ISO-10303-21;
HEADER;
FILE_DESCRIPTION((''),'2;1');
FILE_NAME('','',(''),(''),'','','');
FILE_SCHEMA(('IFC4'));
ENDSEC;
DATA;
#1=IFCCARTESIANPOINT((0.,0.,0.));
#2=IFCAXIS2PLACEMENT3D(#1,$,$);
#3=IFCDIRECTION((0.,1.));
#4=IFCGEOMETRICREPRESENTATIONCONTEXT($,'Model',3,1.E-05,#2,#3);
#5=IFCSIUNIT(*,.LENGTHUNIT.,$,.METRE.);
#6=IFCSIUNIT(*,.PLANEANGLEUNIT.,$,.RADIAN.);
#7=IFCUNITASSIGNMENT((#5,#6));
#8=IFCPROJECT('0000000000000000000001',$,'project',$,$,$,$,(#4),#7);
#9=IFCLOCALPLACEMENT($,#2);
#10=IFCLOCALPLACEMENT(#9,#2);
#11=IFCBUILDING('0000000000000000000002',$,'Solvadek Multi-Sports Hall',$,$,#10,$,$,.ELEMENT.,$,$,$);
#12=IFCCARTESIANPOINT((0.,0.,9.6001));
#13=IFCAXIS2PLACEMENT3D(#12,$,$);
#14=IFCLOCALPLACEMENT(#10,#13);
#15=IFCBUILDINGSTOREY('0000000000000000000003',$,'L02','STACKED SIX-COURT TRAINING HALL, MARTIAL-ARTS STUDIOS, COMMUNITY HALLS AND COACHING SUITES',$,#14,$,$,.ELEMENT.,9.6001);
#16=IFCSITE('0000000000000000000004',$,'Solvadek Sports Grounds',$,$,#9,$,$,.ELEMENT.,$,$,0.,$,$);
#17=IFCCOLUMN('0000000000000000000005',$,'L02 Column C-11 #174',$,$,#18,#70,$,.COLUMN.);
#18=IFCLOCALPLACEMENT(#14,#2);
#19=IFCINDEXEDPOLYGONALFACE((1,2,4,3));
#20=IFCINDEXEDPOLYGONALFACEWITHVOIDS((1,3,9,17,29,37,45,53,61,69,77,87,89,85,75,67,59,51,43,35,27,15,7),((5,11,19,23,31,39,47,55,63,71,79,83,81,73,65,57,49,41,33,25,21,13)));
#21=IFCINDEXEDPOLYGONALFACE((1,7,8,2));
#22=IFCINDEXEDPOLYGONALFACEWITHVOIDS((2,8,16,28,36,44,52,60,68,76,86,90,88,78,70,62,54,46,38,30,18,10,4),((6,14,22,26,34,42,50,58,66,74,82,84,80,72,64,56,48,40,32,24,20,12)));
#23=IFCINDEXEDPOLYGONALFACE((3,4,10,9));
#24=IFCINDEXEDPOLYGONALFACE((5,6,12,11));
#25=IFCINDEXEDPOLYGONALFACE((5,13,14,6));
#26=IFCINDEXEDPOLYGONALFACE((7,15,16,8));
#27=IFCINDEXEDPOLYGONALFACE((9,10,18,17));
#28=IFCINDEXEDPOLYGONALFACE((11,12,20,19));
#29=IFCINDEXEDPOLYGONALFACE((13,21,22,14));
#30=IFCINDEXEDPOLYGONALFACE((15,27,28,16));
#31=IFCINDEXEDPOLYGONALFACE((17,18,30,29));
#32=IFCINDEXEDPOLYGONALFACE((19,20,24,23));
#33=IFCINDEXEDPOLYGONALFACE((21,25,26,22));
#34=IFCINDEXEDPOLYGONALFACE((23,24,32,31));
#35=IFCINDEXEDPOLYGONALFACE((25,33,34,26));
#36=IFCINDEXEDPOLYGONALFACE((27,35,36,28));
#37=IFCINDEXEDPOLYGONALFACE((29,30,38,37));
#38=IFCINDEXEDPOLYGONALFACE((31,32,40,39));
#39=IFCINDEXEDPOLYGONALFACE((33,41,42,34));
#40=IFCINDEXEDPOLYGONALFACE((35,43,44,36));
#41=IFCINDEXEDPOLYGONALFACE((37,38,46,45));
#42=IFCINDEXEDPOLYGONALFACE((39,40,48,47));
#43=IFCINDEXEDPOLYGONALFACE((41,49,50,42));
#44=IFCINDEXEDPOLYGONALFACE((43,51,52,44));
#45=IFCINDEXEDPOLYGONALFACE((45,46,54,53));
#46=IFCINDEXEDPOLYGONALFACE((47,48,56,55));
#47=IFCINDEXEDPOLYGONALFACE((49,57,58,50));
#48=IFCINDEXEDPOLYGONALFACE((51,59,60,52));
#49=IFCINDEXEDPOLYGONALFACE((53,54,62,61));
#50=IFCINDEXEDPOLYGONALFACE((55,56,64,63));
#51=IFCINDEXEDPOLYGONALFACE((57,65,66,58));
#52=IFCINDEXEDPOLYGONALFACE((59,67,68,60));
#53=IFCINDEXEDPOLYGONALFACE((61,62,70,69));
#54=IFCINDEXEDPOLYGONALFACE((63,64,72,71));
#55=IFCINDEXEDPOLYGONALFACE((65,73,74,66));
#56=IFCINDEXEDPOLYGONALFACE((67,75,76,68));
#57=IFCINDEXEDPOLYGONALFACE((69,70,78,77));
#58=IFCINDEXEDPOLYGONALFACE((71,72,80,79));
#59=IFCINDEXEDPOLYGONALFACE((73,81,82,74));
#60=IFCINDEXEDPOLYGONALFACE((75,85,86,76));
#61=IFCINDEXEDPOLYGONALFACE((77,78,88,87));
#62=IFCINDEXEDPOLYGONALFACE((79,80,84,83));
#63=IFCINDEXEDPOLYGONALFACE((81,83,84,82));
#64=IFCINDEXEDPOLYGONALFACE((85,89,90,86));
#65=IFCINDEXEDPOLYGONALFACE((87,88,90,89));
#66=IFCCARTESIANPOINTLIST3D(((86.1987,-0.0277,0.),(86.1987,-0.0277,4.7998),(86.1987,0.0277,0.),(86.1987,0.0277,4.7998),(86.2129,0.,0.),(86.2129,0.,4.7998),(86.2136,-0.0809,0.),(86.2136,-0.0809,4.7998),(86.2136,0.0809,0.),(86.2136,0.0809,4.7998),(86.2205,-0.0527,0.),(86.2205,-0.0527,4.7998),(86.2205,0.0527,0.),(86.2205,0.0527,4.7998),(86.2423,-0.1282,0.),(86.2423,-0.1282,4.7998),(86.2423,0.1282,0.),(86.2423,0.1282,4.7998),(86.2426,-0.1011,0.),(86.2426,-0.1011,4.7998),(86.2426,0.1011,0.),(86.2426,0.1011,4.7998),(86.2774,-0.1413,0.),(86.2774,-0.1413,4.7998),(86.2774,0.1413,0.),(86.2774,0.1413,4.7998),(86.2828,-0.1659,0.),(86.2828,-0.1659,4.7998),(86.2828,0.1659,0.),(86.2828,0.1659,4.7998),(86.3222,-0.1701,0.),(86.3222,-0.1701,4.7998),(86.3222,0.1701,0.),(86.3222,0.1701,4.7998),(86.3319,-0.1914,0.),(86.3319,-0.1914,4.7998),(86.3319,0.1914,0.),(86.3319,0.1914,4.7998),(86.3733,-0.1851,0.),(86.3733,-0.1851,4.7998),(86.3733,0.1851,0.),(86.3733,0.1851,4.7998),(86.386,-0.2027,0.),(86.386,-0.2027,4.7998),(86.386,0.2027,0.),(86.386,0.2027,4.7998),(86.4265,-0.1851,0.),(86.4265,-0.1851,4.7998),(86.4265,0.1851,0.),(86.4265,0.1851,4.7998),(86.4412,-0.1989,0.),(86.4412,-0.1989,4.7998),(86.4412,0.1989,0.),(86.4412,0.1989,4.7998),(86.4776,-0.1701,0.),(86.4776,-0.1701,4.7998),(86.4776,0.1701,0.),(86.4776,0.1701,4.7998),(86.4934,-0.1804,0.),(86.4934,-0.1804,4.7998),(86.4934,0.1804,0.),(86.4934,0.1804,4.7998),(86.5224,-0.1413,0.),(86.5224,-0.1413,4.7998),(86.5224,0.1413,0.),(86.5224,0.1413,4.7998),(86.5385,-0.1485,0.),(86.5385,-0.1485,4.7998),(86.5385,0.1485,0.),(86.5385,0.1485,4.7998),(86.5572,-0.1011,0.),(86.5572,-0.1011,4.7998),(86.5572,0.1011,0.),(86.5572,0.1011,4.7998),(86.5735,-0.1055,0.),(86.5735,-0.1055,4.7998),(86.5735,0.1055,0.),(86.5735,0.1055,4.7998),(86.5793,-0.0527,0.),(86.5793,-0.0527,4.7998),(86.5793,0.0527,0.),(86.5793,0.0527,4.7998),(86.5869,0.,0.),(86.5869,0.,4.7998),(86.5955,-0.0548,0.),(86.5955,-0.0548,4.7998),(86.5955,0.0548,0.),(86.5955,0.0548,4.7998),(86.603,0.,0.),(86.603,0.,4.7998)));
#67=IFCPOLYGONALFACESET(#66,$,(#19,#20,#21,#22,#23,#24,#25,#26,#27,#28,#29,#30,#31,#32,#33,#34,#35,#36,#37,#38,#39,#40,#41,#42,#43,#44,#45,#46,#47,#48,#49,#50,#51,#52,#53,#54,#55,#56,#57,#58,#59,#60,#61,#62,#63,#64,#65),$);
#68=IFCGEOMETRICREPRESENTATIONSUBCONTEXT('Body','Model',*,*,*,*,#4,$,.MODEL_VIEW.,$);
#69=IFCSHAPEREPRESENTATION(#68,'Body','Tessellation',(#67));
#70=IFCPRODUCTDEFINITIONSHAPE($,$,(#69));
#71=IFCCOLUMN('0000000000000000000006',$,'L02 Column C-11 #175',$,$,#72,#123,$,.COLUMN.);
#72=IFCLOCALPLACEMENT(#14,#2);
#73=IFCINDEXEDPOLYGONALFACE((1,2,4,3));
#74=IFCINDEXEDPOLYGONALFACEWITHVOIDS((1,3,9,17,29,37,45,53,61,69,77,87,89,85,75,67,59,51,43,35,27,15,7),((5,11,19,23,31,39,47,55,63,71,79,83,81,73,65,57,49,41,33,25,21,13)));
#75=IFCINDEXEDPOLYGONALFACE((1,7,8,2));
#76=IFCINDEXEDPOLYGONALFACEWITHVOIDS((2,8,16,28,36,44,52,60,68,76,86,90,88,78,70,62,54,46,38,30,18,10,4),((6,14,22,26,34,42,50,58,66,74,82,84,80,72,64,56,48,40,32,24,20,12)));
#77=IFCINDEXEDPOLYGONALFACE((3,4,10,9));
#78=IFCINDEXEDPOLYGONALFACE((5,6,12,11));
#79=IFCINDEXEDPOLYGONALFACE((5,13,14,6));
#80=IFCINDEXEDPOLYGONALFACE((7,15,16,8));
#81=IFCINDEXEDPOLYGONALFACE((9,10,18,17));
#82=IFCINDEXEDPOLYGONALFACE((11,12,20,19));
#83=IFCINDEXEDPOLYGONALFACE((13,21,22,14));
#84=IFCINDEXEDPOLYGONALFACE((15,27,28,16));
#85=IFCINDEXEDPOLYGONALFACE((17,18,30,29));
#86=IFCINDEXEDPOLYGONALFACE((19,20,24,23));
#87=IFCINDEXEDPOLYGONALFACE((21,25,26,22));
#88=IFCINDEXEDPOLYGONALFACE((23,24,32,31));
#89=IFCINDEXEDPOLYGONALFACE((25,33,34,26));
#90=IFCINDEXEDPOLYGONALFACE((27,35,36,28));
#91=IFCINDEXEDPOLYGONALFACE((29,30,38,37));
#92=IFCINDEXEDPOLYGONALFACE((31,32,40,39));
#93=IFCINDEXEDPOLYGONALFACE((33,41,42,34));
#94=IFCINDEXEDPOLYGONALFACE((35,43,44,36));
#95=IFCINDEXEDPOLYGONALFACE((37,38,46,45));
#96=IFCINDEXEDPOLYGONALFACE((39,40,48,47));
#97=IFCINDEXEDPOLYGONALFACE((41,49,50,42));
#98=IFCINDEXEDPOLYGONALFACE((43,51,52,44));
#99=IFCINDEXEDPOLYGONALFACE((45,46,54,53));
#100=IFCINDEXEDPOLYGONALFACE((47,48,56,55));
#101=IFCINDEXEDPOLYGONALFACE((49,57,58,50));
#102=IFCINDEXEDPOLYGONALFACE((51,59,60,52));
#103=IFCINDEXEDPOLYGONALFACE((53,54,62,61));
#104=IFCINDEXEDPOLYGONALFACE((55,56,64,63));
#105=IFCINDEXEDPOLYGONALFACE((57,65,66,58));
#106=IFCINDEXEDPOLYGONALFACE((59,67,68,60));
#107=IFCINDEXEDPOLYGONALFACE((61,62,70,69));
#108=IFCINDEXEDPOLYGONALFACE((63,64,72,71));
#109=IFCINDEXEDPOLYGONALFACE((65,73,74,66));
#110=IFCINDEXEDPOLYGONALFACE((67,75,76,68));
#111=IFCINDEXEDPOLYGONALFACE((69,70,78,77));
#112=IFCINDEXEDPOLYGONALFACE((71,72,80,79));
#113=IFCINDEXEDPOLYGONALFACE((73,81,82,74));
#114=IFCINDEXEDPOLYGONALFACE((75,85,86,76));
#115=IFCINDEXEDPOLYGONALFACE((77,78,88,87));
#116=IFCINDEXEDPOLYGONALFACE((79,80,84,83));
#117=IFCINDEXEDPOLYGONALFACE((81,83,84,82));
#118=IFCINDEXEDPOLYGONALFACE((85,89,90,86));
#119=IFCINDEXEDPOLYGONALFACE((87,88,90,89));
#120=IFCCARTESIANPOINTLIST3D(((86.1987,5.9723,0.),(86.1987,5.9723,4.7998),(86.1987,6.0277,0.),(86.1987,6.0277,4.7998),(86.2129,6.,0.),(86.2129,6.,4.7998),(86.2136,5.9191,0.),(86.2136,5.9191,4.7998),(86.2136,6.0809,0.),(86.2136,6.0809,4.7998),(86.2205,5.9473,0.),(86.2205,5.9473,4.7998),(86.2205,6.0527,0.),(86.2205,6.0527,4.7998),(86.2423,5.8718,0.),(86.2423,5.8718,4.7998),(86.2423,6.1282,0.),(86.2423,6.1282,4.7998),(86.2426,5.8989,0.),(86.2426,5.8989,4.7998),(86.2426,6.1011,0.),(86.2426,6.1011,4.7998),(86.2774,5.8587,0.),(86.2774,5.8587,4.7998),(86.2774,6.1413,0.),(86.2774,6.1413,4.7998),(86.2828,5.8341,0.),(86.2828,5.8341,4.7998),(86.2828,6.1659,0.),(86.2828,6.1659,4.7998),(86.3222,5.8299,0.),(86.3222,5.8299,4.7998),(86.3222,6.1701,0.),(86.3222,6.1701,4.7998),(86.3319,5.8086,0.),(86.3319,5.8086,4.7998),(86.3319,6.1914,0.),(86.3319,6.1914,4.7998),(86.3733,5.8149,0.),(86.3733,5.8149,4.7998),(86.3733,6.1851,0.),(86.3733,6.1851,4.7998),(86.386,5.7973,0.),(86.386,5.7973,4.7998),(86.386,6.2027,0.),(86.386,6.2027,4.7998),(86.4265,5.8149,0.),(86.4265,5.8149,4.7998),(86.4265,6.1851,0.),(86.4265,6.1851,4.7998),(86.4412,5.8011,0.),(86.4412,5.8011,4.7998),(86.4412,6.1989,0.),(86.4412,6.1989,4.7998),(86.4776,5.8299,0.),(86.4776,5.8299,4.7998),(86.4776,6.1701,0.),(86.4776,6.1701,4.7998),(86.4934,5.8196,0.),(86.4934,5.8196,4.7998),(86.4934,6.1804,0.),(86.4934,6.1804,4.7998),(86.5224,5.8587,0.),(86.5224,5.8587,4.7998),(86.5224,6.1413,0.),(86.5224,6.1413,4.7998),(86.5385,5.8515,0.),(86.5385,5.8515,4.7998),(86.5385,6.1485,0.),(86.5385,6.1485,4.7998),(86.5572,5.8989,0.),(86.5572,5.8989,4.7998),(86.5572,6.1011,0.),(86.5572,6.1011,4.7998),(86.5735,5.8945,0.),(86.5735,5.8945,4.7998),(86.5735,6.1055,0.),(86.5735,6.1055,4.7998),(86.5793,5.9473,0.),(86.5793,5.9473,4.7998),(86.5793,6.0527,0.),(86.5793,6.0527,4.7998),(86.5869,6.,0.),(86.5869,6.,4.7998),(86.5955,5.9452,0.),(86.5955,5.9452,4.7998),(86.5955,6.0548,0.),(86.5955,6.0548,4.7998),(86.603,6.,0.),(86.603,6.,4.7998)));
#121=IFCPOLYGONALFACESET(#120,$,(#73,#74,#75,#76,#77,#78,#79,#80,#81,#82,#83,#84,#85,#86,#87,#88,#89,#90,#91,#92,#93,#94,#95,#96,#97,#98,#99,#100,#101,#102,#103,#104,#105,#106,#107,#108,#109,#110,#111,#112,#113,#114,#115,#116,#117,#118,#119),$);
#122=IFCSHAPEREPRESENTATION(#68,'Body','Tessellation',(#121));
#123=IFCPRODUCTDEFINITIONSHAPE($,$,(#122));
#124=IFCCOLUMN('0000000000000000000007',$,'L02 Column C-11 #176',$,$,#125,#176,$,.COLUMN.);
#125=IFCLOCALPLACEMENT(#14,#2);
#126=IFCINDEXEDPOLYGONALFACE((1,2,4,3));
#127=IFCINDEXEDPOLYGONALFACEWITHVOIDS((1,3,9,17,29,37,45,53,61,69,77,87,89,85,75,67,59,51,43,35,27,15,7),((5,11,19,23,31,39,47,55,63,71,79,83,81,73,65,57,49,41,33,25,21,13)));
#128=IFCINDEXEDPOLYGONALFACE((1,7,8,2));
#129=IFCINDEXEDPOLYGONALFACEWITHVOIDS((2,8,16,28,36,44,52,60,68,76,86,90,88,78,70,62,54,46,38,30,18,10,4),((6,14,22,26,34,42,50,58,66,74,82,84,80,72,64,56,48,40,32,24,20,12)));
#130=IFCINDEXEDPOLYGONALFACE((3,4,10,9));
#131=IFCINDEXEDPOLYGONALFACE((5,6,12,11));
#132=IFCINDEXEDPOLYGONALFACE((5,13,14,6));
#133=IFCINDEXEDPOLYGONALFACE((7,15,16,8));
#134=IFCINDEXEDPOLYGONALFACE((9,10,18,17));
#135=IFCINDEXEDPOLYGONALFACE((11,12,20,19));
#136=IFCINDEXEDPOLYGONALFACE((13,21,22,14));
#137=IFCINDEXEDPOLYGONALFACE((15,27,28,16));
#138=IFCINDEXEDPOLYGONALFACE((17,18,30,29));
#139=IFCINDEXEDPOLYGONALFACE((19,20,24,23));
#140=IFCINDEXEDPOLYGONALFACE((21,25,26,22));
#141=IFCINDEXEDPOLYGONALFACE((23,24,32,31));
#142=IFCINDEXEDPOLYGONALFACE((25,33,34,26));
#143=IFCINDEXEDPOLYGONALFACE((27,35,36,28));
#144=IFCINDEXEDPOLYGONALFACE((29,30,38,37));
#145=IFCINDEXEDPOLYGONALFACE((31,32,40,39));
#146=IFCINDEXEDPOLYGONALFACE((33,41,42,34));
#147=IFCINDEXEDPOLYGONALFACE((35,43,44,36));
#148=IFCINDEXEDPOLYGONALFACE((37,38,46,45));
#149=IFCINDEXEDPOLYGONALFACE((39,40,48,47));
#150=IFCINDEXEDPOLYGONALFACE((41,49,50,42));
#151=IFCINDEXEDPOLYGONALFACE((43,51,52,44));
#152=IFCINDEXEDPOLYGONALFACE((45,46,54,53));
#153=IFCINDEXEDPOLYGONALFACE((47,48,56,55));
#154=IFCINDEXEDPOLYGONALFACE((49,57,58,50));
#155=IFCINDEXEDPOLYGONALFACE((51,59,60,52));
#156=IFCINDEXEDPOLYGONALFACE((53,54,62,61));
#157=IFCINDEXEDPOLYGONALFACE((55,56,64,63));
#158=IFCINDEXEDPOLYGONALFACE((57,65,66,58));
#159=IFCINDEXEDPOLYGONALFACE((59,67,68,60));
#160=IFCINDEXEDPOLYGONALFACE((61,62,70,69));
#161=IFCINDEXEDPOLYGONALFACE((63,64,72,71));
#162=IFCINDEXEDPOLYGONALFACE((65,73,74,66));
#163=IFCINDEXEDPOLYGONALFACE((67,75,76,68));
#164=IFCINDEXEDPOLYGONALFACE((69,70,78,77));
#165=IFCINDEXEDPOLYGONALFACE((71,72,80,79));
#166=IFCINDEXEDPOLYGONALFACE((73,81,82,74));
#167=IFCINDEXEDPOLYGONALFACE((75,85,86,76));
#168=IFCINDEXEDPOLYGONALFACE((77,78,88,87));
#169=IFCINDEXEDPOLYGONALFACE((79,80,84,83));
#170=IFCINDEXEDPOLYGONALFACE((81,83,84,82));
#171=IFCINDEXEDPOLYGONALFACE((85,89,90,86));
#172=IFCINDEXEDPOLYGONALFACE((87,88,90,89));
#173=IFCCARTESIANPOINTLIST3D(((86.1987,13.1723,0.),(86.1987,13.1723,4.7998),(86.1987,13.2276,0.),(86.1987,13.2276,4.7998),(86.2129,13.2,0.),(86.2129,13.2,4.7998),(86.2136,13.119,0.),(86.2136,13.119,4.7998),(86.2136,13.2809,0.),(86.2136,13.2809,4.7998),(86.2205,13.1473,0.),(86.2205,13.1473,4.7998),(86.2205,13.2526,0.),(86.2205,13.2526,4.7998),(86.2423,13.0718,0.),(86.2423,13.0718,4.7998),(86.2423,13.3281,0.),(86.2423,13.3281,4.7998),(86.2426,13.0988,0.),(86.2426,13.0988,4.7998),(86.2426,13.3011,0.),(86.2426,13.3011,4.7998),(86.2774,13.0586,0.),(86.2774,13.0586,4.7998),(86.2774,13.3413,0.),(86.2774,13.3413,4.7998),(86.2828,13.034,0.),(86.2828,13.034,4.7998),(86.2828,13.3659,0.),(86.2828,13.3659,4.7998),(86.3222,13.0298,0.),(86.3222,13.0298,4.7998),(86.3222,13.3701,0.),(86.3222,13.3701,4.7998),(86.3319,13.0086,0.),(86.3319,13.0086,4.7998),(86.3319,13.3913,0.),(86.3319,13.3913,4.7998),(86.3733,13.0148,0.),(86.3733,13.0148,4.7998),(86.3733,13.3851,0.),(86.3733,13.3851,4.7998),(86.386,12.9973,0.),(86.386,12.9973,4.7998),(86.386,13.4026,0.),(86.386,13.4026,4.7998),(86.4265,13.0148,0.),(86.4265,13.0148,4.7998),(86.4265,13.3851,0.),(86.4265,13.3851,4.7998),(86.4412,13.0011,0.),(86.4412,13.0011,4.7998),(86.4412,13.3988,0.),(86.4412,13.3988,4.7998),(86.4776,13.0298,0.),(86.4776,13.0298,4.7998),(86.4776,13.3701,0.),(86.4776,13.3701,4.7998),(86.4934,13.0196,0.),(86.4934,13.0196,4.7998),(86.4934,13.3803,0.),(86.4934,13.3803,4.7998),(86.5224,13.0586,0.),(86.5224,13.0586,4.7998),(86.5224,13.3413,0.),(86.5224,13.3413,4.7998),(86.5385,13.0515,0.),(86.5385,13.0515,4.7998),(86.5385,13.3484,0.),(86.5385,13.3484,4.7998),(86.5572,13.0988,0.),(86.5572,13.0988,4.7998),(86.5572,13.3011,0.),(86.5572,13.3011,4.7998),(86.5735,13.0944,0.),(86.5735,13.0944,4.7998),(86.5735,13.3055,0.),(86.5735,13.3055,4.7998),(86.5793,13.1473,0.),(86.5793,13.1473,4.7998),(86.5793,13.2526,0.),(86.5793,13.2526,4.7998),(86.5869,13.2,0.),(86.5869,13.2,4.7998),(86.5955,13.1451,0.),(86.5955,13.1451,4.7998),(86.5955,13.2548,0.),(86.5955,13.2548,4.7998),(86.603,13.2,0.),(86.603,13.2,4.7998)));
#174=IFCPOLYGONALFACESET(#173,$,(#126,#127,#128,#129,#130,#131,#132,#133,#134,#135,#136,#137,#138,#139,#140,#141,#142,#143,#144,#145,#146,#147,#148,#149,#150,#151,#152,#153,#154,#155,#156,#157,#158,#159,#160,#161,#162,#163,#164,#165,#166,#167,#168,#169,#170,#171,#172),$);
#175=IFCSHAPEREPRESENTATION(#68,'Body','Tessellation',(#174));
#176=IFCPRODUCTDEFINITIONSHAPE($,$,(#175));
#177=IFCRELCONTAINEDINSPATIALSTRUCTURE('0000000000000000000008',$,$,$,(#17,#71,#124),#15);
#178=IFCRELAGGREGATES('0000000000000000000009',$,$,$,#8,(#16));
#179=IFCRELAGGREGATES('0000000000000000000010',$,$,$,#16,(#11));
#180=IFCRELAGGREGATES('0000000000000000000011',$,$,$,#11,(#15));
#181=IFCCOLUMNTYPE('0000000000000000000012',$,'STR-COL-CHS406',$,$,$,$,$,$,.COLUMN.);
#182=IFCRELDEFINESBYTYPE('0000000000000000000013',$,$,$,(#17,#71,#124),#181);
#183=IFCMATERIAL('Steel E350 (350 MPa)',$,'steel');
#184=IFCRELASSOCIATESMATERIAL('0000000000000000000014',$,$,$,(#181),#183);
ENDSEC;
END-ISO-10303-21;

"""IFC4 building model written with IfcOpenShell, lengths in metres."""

from ifc_helpers import new_model, si_unit, direction, frame, origin, origin_2d, place, context, subcontext, project, spatial, hollow_circle, extrude, material, material_profile, profile_set, type_object, element, save


model = new_model("IFC4")

# Units and contexts
model_context = context("Model", 3, precision=1e-05, world=origin(), true_north=direction((0.0, 1.0)))
body_context = subcontext(model_context, "Body", "Model", "MODEL_VIEW")
ifc_project = project(units=[si_unit("LENGTHUNIT", "METRE"), si_unit("PLANEANGLEUNIT", "RADIAN")], contexts=[model_context])

# Site, building, storey
site_placement = place(None, origin())
site = spatial("IfcSite", under=ifc_project, at=site_placement, Name="Solvadek Sports Grounds", CompositionType="ELEMENT", RefElevation=0.0)
building_placement = place(site_placement, origin())
building = spatial("IfcBuilding", under=site, at=building_placement, Name="Solvadek Multi-Sports Hall", CompositionType="ELEMENT")
storey_placement = place(building_placement, frame((0.0, 0.0, 9.6001)))
storey = spatial("IfcBuildingStorey", under=building, at=storey_placement, Name="L02", Description="STACKED SIX-COURT TRAINING HALL, MARTIAL-ARTS STUDIOS, COMMUNITY HALLS AND COACHING SUITES", CompositionType="ELEMENT", Elevation=9.6001)

# Columns
ifc_material_1 = material(Name="Steel E350 (350 MPa)", Category="steel")
ifc_material_profile_1 = material_profile(ifc_material_1, hollow_circle(Radius=0.2031, WallThickness=0.0161, at=origin_2d()), Name="CHS 406.4x16")
ifc_profile_set_1 = profile_set([ifc_material_profile_1], Name="Steel E350 (350 MPa)")
column_type_1 = type_object("IfcColumnType", Name="STR-COL-CHS406", PredefinedType="COLUMN", material=ifc_profile_set_1)
for number, where, z_axis, x_axis, name in (
    (1, (86.3999, 0.0, 0.0), (0.0, 0.0, 1.0), (1.0, 0.0, 0.0), "L02 Column C-11 #174"),
    (2, (86.3999, 6.0, 0.0), (0.0, 0.0, 1.0), (1.0, 0.0, 0.0), "L02 Column C-11 #175"),
    (3, (86.3999, 13.2, 0.0), (0.0, 0.0, 1.0), (1.0, 0.0, 0.0), "L02 Column C-11 #176"),
):
    element("IfcColumn", number, at=place(storey_placement, frame(where, z_axis=z_axis, x_axis=x_axis)), inside=storey, type_object=column_type_1, Name=name, PredefinedType="COLUMN", context=body_context, shape_type="SweptSolid", body=[
        extrude(hollow_circle(Radius=0.2031, WallThickness=0.0161, at=origin_2d()), origin(), (0.0, 0.0, 1.0), 4.7998),
    ])

save(model, "model.ifc")
